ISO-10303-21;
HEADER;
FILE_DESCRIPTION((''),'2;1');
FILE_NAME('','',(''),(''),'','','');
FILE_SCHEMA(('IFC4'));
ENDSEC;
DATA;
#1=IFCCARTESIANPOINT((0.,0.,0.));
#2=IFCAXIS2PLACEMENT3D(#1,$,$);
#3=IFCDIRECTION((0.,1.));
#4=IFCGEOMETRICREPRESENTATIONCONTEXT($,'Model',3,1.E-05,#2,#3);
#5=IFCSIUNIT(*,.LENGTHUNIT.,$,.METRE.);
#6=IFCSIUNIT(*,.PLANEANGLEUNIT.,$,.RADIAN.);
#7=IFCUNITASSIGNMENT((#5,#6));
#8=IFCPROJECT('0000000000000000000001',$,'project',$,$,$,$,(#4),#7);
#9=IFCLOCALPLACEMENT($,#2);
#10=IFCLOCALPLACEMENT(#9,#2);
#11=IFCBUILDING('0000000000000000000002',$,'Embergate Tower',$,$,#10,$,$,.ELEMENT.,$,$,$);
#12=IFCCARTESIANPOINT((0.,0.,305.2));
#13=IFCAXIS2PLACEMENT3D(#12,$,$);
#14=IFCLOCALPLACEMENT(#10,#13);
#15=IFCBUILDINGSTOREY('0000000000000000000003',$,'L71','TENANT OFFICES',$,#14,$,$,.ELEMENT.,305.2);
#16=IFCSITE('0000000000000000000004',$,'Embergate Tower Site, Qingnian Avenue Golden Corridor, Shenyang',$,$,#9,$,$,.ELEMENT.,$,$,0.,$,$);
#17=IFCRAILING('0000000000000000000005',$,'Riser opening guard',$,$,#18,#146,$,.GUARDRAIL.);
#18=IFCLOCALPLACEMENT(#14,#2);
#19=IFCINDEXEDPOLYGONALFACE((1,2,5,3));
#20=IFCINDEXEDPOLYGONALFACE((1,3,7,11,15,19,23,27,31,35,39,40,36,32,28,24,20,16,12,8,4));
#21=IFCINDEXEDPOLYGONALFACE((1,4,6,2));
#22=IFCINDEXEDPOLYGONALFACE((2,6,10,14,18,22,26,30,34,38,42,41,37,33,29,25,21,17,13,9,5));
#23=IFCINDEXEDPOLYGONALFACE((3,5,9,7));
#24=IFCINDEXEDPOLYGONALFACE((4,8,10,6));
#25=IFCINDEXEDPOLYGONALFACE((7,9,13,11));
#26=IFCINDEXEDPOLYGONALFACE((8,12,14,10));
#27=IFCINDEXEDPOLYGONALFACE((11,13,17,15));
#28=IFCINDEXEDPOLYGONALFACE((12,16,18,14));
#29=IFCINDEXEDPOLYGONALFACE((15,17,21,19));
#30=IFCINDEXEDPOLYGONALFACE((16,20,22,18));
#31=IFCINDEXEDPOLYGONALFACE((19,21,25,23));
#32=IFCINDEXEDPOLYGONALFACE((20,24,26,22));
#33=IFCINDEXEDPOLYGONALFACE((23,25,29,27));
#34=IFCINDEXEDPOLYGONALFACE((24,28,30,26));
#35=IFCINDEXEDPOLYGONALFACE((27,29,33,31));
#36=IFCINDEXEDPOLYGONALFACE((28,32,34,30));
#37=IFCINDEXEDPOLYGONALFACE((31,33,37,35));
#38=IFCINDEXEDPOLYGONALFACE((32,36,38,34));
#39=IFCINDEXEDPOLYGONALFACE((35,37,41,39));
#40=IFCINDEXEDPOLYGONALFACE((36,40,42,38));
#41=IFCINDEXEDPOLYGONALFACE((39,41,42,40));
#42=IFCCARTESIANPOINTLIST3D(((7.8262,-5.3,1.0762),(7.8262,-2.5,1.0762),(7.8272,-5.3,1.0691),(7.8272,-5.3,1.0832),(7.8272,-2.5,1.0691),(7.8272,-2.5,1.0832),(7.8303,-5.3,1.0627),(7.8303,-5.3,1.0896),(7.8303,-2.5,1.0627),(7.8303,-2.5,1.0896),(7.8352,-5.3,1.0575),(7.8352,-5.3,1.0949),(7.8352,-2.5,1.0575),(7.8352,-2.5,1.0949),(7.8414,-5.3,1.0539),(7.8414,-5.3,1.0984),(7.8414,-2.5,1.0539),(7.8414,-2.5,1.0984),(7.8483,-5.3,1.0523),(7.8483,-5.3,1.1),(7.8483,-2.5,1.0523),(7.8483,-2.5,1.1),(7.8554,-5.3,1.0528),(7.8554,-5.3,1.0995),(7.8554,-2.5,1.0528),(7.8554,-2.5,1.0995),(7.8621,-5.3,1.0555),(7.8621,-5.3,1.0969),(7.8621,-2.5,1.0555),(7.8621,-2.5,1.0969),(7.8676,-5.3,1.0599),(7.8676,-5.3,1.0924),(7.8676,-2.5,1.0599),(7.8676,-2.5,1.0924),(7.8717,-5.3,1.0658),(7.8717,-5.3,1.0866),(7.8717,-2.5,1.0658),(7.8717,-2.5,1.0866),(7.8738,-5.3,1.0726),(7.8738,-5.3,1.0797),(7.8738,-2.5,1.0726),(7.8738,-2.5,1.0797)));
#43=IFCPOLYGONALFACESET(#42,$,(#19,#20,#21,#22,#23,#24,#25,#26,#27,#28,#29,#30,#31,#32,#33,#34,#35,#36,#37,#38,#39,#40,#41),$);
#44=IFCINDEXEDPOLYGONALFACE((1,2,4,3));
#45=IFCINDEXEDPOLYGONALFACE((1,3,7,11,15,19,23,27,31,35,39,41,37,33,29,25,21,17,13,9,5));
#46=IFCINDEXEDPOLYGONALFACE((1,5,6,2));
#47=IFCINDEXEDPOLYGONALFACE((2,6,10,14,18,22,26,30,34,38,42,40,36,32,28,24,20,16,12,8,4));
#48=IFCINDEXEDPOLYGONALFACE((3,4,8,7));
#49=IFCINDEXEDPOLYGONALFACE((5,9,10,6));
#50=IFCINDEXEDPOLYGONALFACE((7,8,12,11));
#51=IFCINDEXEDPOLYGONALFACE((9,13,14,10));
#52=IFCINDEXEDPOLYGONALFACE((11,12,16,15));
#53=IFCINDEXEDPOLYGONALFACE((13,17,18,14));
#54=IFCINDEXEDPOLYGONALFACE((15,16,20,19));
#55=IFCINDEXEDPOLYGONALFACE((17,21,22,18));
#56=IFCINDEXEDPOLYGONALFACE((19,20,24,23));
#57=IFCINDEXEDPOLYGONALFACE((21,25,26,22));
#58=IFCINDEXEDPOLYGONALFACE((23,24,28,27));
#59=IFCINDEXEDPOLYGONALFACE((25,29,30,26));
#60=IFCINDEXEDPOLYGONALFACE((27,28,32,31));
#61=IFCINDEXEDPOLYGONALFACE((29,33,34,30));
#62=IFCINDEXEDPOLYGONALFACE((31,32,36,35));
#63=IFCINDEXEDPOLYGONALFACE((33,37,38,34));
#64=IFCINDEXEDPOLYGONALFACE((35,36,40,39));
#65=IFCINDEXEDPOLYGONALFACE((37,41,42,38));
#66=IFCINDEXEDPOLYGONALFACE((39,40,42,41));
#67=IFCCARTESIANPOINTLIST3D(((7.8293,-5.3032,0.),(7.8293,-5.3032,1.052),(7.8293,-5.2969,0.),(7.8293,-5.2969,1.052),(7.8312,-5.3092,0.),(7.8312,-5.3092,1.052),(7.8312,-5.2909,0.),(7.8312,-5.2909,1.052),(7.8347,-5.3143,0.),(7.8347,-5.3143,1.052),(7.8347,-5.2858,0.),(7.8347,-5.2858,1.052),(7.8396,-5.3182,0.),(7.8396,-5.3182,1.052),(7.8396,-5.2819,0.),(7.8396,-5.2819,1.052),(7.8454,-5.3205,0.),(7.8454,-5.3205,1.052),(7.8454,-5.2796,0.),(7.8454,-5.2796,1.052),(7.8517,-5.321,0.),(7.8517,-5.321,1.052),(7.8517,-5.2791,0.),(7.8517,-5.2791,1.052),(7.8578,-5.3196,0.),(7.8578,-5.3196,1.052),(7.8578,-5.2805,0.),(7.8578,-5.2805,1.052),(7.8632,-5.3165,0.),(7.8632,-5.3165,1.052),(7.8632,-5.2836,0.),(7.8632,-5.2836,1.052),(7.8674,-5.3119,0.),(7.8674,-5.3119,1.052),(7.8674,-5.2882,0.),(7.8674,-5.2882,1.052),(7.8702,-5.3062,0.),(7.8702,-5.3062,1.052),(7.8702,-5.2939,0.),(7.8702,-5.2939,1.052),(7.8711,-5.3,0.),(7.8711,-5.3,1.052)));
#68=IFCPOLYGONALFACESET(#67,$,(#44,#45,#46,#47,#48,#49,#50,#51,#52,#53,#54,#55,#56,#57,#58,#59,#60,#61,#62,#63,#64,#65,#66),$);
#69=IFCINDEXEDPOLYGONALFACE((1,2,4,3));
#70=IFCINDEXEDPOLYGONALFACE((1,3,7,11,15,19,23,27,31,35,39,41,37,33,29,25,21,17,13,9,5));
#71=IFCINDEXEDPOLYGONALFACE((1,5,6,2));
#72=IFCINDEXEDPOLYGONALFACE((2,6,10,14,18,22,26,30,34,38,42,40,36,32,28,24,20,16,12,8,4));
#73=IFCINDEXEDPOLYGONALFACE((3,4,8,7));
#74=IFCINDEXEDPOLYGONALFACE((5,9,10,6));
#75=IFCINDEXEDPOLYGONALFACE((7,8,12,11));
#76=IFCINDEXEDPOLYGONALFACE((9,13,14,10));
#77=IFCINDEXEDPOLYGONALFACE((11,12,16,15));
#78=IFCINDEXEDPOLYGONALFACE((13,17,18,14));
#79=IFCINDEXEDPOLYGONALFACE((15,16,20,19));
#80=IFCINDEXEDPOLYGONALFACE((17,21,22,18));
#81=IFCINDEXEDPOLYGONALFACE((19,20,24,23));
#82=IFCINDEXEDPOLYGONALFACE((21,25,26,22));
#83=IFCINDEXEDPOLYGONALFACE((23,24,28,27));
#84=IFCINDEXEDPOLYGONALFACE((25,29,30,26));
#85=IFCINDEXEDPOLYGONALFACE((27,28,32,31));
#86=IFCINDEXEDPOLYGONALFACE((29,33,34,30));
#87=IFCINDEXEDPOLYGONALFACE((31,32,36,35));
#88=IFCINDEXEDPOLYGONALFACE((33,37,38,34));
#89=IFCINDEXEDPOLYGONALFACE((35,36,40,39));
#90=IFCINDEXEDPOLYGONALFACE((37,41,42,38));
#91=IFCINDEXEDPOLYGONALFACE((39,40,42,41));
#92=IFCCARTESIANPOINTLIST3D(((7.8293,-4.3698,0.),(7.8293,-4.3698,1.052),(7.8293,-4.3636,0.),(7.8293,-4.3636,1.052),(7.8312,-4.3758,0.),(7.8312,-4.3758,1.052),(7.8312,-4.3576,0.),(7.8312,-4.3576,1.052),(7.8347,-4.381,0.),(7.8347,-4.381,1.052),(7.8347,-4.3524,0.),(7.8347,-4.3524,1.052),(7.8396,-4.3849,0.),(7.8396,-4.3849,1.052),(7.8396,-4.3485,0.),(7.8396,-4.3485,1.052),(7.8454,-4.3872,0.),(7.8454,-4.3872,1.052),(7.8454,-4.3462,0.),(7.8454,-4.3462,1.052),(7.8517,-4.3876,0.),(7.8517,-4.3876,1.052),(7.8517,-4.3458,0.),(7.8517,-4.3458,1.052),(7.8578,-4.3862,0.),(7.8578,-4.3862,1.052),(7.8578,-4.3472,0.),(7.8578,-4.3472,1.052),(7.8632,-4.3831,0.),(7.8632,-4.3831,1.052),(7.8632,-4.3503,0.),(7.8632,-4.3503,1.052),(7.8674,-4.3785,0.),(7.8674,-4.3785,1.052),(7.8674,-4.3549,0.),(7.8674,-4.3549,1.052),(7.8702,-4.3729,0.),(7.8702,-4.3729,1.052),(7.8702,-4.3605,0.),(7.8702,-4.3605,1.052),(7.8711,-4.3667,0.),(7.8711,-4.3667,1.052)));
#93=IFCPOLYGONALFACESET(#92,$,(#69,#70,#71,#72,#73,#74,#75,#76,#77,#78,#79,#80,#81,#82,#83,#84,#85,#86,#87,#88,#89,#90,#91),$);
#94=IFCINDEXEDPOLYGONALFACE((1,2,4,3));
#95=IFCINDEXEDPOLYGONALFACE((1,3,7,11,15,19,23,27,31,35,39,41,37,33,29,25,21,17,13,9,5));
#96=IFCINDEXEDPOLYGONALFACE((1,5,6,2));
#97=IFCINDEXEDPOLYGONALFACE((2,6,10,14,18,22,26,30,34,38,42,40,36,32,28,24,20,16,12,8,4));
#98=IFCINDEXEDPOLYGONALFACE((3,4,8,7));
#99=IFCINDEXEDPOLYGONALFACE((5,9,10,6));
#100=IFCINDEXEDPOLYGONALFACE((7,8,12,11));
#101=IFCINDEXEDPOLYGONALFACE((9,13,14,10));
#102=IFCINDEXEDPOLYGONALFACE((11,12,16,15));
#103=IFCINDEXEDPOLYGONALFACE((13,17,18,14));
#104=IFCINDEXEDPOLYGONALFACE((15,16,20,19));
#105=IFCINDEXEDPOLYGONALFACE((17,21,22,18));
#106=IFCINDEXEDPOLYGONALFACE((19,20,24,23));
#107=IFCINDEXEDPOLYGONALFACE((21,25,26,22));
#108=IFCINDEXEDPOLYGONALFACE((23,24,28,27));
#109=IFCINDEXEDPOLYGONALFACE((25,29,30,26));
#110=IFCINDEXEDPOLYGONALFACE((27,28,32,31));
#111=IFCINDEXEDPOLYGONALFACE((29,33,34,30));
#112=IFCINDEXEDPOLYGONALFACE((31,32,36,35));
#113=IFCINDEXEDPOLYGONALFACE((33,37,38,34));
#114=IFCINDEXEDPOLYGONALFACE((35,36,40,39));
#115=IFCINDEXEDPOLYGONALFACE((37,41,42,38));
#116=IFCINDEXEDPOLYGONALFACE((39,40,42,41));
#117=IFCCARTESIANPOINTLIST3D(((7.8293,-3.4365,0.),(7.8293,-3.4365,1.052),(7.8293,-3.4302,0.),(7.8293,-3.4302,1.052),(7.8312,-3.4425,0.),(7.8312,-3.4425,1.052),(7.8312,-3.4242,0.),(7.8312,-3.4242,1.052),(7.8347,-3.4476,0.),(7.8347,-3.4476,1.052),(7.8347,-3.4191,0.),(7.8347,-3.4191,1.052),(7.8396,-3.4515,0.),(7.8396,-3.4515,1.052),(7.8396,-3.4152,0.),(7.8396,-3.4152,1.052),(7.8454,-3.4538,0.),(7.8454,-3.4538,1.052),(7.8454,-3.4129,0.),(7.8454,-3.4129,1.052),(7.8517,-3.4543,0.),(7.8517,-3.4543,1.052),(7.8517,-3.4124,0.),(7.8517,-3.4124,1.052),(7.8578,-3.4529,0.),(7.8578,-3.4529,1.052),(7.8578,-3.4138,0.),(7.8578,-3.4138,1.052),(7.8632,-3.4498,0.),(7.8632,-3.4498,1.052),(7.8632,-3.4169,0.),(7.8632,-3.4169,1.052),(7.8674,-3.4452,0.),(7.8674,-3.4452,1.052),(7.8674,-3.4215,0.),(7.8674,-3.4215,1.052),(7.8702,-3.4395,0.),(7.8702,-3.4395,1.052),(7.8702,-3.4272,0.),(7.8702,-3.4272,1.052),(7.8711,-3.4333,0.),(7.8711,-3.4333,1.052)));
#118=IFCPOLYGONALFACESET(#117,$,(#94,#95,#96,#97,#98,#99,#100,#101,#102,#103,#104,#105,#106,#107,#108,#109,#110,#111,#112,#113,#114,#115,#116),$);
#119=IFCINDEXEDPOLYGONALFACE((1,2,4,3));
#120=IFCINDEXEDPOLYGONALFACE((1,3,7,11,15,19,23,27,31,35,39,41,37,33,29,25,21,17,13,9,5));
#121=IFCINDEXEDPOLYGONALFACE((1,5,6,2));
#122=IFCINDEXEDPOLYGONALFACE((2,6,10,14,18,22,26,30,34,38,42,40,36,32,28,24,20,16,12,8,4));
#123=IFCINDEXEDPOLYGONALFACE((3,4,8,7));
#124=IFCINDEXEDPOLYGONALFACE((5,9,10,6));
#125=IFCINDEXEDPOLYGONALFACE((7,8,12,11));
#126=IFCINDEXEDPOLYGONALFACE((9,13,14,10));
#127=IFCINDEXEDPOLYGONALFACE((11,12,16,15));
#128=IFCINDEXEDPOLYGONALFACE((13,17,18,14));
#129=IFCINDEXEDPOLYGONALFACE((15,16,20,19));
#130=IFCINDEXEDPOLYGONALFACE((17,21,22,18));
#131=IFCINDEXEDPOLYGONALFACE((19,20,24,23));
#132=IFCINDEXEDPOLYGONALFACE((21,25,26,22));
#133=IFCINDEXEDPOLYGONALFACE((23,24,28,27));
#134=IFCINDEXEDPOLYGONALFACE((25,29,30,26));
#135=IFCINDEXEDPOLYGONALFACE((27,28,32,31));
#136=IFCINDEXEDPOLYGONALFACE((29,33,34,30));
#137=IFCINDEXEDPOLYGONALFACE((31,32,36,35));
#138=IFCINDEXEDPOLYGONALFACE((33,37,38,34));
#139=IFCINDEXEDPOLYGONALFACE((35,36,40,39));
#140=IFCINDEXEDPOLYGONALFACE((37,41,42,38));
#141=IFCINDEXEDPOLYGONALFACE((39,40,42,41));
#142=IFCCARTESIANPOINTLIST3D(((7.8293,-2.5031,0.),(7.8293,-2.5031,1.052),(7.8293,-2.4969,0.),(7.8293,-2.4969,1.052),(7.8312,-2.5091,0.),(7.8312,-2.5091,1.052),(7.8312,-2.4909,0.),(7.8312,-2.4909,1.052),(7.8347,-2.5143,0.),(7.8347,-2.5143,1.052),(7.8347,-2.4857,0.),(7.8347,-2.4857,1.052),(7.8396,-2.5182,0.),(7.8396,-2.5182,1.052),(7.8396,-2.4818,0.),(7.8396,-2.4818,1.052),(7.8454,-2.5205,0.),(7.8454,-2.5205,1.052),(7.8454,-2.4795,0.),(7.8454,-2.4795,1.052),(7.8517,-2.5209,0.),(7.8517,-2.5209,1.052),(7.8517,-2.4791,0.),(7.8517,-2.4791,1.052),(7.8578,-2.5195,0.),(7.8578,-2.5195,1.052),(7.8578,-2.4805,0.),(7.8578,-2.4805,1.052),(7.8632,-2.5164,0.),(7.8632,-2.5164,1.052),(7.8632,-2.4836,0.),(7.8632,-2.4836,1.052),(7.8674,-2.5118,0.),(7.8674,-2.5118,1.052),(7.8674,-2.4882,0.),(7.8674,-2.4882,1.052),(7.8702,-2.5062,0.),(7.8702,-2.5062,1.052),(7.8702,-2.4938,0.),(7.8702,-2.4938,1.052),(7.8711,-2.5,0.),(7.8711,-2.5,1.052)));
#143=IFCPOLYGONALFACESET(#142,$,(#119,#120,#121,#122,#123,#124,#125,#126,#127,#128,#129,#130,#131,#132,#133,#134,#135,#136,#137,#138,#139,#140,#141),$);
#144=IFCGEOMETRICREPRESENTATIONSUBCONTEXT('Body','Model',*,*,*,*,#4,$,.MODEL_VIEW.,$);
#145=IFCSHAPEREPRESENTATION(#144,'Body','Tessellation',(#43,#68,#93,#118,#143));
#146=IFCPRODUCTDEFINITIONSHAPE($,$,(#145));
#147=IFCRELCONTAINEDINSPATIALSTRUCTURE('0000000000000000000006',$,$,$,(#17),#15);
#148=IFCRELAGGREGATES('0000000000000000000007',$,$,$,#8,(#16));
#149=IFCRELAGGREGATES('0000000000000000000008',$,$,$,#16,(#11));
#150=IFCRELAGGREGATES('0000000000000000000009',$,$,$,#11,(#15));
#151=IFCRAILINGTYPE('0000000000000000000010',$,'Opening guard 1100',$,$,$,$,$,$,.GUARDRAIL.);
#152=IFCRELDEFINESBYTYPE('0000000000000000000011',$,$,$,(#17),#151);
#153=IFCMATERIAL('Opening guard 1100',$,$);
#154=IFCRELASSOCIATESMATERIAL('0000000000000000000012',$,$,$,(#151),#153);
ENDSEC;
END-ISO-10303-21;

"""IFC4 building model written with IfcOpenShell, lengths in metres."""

from ifc_helpers import new_model, si_unit, direction, frame, origin, origin_2d, place, context, subcontext, project, spatial, circle, extrude, source, transform, mapped, material, type_object, element, save


model = new_model("IFC4")

# Units and contexts
model_context = context("Model", 3, precision=1e-05, world=origin(), true_north=direction((0.0, 1.0)))
body_context = subcontext(model_context, "Body", "Model", "MODEL_VIEW")
ifc_project = project(units=[si_unit("LENGTHUNIT", "METRE"), si_unit("PLANEANGLEUNIT", "RADIAN")], contexts=[model_context])

# Site, building, storey
site_placement = place(None, origin())
site = spatial("IfcSite", under=ifc_project, at=site_placement, Name="Embergate Tower Site, Qingnian Avenue Golden Corridor, Shenyang", CompositionType="ELEMENT", RefElevation=0.0)
building_placement = place(site_placement, origin())
building = spatial("IfcBuilding", under=site, at=building_placement, Name="Embergate Tower", CompositionType="ELEMENT")
storey_placement = place(building_placement, frame((0.0, 0.0, 305.2)))
storey = spatial("IfcBuildingStorey", under=building, at=storey_placement, Name="L71", Description="TENANT OFFICES", CompositionType="ELEMENT", Elevation=305.2)

# Railing
ifc_material_1 = material(Name="Opening guard 1100")
railing_type_1 = type_object("IfcRailingType", Name="Opening guard 1100", PredefinedType="GUARDRAIL", material=ifc_material_1)
shared_shape_1 = source(origin(), body_context, "Body", "SweptSolid", [
    extrude(circle(Radius=0.0239, at=origin_2d()), frame((0.0, 0.0, 1.0762), z_axis=(0.0, 1.0, 0.0), x_axis=(-1.0, 0.0, 0.0)), (0.0, 0.0, 1.0), 2.8),
    extrude(circle(Radius=0.021, at=origin_2d()), origin(), (0.0, 0.0, 1.0), 1.052),
    extrude(circle(Radius=0.021, at=origin_2d()), frame((0.0, 0.9333, 0.0)), (0.0, 0.0, 1.0), 1.052),
    extrude(circle(Radius=0.021, at=origin_2d()), frame((0.0, 1.8667, 0.0)), (0.0, 0.0, 1.0), 1.052),
    extrude(circle(Radius=0.021, at=origin_2d()), frame((0.0, 2.8, 0.0)), (0.0, 0.0, 1.0), 1.052),
])
railing_1_placement = place(storey_placement, frame((7.8501, -5.3, 0.0)))
element("IfcRailing", 1, at=railing_1_placement, inside=storey, type_object=railing_type_1, Name="Riser opening guard", PredefinedType="GUARDRAIL", context=body_context, shape_type="MappedRepresentation", body=[
    mapped(shared_shape_1, transform((0.0, 0.0, 0.0))),
])

save(model, "model.ifc")
